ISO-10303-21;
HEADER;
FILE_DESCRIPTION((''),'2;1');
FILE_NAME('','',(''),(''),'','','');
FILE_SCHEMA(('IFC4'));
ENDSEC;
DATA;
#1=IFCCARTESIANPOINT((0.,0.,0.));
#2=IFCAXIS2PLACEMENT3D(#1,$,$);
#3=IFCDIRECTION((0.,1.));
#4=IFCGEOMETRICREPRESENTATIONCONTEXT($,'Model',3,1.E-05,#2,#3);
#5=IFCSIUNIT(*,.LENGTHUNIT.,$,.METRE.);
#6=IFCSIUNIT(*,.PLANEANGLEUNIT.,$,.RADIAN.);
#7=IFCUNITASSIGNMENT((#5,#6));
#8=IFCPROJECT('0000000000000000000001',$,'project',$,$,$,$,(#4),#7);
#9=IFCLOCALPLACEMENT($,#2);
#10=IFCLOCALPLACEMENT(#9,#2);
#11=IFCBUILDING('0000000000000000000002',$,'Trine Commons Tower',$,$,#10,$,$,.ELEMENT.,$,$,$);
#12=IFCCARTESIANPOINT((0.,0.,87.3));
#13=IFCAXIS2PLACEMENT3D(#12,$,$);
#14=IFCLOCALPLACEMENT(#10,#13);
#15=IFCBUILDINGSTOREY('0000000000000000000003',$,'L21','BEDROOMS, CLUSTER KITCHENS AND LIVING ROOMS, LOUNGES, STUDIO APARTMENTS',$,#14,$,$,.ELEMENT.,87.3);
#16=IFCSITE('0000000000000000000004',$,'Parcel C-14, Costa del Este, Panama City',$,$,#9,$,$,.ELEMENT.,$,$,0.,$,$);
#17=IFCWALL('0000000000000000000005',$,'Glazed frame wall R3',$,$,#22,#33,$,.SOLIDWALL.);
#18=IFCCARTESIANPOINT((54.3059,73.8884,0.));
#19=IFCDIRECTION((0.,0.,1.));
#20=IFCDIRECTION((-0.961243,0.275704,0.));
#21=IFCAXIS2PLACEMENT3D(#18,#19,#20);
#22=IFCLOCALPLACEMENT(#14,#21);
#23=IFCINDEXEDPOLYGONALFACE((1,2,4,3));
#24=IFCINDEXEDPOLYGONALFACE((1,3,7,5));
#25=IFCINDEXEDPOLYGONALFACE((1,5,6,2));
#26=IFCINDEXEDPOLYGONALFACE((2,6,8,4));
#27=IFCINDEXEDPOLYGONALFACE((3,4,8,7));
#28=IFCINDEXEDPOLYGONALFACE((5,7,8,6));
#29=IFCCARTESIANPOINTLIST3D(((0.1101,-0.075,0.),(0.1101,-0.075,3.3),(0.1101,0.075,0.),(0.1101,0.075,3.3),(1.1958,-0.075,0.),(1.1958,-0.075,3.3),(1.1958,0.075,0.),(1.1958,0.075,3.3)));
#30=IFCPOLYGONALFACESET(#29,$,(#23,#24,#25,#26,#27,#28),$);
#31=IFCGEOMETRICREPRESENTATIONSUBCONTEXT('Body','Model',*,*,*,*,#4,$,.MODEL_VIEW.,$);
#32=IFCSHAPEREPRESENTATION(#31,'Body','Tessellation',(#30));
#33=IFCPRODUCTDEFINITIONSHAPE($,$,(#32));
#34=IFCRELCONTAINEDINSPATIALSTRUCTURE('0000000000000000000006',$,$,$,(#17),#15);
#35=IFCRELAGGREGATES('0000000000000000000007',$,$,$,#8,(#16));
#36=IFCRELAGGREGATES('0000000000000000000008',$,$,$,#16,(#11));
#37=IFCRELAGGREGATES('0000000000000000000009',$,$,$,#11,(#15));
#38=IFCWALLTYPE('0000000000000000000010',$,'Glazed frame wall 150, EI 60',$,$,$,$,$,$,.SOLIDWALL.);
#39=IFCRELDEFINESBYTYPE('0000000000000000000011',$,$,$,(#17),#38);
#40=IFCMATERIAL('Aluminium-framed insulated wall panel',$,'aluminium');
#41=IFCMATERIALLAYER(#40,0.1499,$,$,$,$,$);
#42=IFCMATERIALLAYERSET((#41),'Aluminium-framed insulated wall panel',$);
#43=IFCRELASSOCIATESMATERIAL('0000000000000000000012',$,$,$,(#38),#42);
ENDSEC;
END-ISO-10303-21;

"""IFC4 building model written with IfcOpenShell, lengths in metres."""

from ifc_helpers import new_model, si_unit, direction, frame, origin, place, context, subcontext, project, spatial, polyline, outline, extrude, material, layer, layer_set, type_object, element, save


model = new_model("IFC4")

# Units and contexts
model_context = context("Model", 3, precision=1e-05, world=origin(), true_north=direction((0.0, 1.0)))
body_context = subcontext(model_context, "Body", "Model", "MODEL_VIEW")
ifc_project = project(units=[si_unit("LENGTHUNIT", "METRE"), si_unit("PLANEANGLEUNIT", "RADIAN")], contexts=[model_context])

# Site, building, storey
site_placement = place(None, origin())
site = spatial("IfcSite", under=ifc_project, at=site_placement, Name="Parcel C-14, Costa del Este, Panama City", CompositionType="ELEMENT", RefElevation=0.0)
building_placement = place(site_placement, origin())
building = spatial("IfcBuilding", under=site, at=building_placement, Name="Trine Commons Tower", CompositionType="ELEMENT")
storey_placement = place(building_placement, frame((0.0, 0.0, 87.3)))
storey = spatial("IfcBuildingStorey", under=building, at=storey_placement, Name="L21", Description="BEDROOMS, CLUSTER KITCHENS AND LIVING ROOMS, LOUNGES, STUDIO APARTMENTS", CompositionType="ELEMENT", Elevation=87.3)

# Wall
ifc_material_1 = material(Name="Aluminium-framed insulated wall panel", Category="aluminium")
ifc_layer_1 = layer(ifc_material_1, 0.1499)
ifc_layer_set_1 = layer_set([ifc_layer_1], Name="Aluminium-framed insulated wall panel")
wall_type_1 = type_object("IfcWallType", Name="Glazed frame wall 150, EI 60", PredefinedType="SOLIDWALL", material=ifc_layer_set_1)
wall_1_placement = place(storey_placement, frame((54.3059, 73.8884, 0.0), z_axis=(0.0, 0.0, 1.0), x_axis=(-0.961243, 0.275704, 0.0)))
element("IfcWall", 1, at=wall_1_placement, inside=storey, type_object=wall_type_1, Name="Glazed frame wall R3", PredefinedType="SOLIDWALL", context=body_context, shape_type="SweptSolid", body=[
    extrude(outline(polyline([(0.1101, 0.075), (0.1101, -0.075), (1.1958, -0.075), (1.1958, 0.075), (0.1101, 0.075)])), origin(), (0.0, 0.0, 1.0), 3.3),
])

save(model, "model.ifc")
